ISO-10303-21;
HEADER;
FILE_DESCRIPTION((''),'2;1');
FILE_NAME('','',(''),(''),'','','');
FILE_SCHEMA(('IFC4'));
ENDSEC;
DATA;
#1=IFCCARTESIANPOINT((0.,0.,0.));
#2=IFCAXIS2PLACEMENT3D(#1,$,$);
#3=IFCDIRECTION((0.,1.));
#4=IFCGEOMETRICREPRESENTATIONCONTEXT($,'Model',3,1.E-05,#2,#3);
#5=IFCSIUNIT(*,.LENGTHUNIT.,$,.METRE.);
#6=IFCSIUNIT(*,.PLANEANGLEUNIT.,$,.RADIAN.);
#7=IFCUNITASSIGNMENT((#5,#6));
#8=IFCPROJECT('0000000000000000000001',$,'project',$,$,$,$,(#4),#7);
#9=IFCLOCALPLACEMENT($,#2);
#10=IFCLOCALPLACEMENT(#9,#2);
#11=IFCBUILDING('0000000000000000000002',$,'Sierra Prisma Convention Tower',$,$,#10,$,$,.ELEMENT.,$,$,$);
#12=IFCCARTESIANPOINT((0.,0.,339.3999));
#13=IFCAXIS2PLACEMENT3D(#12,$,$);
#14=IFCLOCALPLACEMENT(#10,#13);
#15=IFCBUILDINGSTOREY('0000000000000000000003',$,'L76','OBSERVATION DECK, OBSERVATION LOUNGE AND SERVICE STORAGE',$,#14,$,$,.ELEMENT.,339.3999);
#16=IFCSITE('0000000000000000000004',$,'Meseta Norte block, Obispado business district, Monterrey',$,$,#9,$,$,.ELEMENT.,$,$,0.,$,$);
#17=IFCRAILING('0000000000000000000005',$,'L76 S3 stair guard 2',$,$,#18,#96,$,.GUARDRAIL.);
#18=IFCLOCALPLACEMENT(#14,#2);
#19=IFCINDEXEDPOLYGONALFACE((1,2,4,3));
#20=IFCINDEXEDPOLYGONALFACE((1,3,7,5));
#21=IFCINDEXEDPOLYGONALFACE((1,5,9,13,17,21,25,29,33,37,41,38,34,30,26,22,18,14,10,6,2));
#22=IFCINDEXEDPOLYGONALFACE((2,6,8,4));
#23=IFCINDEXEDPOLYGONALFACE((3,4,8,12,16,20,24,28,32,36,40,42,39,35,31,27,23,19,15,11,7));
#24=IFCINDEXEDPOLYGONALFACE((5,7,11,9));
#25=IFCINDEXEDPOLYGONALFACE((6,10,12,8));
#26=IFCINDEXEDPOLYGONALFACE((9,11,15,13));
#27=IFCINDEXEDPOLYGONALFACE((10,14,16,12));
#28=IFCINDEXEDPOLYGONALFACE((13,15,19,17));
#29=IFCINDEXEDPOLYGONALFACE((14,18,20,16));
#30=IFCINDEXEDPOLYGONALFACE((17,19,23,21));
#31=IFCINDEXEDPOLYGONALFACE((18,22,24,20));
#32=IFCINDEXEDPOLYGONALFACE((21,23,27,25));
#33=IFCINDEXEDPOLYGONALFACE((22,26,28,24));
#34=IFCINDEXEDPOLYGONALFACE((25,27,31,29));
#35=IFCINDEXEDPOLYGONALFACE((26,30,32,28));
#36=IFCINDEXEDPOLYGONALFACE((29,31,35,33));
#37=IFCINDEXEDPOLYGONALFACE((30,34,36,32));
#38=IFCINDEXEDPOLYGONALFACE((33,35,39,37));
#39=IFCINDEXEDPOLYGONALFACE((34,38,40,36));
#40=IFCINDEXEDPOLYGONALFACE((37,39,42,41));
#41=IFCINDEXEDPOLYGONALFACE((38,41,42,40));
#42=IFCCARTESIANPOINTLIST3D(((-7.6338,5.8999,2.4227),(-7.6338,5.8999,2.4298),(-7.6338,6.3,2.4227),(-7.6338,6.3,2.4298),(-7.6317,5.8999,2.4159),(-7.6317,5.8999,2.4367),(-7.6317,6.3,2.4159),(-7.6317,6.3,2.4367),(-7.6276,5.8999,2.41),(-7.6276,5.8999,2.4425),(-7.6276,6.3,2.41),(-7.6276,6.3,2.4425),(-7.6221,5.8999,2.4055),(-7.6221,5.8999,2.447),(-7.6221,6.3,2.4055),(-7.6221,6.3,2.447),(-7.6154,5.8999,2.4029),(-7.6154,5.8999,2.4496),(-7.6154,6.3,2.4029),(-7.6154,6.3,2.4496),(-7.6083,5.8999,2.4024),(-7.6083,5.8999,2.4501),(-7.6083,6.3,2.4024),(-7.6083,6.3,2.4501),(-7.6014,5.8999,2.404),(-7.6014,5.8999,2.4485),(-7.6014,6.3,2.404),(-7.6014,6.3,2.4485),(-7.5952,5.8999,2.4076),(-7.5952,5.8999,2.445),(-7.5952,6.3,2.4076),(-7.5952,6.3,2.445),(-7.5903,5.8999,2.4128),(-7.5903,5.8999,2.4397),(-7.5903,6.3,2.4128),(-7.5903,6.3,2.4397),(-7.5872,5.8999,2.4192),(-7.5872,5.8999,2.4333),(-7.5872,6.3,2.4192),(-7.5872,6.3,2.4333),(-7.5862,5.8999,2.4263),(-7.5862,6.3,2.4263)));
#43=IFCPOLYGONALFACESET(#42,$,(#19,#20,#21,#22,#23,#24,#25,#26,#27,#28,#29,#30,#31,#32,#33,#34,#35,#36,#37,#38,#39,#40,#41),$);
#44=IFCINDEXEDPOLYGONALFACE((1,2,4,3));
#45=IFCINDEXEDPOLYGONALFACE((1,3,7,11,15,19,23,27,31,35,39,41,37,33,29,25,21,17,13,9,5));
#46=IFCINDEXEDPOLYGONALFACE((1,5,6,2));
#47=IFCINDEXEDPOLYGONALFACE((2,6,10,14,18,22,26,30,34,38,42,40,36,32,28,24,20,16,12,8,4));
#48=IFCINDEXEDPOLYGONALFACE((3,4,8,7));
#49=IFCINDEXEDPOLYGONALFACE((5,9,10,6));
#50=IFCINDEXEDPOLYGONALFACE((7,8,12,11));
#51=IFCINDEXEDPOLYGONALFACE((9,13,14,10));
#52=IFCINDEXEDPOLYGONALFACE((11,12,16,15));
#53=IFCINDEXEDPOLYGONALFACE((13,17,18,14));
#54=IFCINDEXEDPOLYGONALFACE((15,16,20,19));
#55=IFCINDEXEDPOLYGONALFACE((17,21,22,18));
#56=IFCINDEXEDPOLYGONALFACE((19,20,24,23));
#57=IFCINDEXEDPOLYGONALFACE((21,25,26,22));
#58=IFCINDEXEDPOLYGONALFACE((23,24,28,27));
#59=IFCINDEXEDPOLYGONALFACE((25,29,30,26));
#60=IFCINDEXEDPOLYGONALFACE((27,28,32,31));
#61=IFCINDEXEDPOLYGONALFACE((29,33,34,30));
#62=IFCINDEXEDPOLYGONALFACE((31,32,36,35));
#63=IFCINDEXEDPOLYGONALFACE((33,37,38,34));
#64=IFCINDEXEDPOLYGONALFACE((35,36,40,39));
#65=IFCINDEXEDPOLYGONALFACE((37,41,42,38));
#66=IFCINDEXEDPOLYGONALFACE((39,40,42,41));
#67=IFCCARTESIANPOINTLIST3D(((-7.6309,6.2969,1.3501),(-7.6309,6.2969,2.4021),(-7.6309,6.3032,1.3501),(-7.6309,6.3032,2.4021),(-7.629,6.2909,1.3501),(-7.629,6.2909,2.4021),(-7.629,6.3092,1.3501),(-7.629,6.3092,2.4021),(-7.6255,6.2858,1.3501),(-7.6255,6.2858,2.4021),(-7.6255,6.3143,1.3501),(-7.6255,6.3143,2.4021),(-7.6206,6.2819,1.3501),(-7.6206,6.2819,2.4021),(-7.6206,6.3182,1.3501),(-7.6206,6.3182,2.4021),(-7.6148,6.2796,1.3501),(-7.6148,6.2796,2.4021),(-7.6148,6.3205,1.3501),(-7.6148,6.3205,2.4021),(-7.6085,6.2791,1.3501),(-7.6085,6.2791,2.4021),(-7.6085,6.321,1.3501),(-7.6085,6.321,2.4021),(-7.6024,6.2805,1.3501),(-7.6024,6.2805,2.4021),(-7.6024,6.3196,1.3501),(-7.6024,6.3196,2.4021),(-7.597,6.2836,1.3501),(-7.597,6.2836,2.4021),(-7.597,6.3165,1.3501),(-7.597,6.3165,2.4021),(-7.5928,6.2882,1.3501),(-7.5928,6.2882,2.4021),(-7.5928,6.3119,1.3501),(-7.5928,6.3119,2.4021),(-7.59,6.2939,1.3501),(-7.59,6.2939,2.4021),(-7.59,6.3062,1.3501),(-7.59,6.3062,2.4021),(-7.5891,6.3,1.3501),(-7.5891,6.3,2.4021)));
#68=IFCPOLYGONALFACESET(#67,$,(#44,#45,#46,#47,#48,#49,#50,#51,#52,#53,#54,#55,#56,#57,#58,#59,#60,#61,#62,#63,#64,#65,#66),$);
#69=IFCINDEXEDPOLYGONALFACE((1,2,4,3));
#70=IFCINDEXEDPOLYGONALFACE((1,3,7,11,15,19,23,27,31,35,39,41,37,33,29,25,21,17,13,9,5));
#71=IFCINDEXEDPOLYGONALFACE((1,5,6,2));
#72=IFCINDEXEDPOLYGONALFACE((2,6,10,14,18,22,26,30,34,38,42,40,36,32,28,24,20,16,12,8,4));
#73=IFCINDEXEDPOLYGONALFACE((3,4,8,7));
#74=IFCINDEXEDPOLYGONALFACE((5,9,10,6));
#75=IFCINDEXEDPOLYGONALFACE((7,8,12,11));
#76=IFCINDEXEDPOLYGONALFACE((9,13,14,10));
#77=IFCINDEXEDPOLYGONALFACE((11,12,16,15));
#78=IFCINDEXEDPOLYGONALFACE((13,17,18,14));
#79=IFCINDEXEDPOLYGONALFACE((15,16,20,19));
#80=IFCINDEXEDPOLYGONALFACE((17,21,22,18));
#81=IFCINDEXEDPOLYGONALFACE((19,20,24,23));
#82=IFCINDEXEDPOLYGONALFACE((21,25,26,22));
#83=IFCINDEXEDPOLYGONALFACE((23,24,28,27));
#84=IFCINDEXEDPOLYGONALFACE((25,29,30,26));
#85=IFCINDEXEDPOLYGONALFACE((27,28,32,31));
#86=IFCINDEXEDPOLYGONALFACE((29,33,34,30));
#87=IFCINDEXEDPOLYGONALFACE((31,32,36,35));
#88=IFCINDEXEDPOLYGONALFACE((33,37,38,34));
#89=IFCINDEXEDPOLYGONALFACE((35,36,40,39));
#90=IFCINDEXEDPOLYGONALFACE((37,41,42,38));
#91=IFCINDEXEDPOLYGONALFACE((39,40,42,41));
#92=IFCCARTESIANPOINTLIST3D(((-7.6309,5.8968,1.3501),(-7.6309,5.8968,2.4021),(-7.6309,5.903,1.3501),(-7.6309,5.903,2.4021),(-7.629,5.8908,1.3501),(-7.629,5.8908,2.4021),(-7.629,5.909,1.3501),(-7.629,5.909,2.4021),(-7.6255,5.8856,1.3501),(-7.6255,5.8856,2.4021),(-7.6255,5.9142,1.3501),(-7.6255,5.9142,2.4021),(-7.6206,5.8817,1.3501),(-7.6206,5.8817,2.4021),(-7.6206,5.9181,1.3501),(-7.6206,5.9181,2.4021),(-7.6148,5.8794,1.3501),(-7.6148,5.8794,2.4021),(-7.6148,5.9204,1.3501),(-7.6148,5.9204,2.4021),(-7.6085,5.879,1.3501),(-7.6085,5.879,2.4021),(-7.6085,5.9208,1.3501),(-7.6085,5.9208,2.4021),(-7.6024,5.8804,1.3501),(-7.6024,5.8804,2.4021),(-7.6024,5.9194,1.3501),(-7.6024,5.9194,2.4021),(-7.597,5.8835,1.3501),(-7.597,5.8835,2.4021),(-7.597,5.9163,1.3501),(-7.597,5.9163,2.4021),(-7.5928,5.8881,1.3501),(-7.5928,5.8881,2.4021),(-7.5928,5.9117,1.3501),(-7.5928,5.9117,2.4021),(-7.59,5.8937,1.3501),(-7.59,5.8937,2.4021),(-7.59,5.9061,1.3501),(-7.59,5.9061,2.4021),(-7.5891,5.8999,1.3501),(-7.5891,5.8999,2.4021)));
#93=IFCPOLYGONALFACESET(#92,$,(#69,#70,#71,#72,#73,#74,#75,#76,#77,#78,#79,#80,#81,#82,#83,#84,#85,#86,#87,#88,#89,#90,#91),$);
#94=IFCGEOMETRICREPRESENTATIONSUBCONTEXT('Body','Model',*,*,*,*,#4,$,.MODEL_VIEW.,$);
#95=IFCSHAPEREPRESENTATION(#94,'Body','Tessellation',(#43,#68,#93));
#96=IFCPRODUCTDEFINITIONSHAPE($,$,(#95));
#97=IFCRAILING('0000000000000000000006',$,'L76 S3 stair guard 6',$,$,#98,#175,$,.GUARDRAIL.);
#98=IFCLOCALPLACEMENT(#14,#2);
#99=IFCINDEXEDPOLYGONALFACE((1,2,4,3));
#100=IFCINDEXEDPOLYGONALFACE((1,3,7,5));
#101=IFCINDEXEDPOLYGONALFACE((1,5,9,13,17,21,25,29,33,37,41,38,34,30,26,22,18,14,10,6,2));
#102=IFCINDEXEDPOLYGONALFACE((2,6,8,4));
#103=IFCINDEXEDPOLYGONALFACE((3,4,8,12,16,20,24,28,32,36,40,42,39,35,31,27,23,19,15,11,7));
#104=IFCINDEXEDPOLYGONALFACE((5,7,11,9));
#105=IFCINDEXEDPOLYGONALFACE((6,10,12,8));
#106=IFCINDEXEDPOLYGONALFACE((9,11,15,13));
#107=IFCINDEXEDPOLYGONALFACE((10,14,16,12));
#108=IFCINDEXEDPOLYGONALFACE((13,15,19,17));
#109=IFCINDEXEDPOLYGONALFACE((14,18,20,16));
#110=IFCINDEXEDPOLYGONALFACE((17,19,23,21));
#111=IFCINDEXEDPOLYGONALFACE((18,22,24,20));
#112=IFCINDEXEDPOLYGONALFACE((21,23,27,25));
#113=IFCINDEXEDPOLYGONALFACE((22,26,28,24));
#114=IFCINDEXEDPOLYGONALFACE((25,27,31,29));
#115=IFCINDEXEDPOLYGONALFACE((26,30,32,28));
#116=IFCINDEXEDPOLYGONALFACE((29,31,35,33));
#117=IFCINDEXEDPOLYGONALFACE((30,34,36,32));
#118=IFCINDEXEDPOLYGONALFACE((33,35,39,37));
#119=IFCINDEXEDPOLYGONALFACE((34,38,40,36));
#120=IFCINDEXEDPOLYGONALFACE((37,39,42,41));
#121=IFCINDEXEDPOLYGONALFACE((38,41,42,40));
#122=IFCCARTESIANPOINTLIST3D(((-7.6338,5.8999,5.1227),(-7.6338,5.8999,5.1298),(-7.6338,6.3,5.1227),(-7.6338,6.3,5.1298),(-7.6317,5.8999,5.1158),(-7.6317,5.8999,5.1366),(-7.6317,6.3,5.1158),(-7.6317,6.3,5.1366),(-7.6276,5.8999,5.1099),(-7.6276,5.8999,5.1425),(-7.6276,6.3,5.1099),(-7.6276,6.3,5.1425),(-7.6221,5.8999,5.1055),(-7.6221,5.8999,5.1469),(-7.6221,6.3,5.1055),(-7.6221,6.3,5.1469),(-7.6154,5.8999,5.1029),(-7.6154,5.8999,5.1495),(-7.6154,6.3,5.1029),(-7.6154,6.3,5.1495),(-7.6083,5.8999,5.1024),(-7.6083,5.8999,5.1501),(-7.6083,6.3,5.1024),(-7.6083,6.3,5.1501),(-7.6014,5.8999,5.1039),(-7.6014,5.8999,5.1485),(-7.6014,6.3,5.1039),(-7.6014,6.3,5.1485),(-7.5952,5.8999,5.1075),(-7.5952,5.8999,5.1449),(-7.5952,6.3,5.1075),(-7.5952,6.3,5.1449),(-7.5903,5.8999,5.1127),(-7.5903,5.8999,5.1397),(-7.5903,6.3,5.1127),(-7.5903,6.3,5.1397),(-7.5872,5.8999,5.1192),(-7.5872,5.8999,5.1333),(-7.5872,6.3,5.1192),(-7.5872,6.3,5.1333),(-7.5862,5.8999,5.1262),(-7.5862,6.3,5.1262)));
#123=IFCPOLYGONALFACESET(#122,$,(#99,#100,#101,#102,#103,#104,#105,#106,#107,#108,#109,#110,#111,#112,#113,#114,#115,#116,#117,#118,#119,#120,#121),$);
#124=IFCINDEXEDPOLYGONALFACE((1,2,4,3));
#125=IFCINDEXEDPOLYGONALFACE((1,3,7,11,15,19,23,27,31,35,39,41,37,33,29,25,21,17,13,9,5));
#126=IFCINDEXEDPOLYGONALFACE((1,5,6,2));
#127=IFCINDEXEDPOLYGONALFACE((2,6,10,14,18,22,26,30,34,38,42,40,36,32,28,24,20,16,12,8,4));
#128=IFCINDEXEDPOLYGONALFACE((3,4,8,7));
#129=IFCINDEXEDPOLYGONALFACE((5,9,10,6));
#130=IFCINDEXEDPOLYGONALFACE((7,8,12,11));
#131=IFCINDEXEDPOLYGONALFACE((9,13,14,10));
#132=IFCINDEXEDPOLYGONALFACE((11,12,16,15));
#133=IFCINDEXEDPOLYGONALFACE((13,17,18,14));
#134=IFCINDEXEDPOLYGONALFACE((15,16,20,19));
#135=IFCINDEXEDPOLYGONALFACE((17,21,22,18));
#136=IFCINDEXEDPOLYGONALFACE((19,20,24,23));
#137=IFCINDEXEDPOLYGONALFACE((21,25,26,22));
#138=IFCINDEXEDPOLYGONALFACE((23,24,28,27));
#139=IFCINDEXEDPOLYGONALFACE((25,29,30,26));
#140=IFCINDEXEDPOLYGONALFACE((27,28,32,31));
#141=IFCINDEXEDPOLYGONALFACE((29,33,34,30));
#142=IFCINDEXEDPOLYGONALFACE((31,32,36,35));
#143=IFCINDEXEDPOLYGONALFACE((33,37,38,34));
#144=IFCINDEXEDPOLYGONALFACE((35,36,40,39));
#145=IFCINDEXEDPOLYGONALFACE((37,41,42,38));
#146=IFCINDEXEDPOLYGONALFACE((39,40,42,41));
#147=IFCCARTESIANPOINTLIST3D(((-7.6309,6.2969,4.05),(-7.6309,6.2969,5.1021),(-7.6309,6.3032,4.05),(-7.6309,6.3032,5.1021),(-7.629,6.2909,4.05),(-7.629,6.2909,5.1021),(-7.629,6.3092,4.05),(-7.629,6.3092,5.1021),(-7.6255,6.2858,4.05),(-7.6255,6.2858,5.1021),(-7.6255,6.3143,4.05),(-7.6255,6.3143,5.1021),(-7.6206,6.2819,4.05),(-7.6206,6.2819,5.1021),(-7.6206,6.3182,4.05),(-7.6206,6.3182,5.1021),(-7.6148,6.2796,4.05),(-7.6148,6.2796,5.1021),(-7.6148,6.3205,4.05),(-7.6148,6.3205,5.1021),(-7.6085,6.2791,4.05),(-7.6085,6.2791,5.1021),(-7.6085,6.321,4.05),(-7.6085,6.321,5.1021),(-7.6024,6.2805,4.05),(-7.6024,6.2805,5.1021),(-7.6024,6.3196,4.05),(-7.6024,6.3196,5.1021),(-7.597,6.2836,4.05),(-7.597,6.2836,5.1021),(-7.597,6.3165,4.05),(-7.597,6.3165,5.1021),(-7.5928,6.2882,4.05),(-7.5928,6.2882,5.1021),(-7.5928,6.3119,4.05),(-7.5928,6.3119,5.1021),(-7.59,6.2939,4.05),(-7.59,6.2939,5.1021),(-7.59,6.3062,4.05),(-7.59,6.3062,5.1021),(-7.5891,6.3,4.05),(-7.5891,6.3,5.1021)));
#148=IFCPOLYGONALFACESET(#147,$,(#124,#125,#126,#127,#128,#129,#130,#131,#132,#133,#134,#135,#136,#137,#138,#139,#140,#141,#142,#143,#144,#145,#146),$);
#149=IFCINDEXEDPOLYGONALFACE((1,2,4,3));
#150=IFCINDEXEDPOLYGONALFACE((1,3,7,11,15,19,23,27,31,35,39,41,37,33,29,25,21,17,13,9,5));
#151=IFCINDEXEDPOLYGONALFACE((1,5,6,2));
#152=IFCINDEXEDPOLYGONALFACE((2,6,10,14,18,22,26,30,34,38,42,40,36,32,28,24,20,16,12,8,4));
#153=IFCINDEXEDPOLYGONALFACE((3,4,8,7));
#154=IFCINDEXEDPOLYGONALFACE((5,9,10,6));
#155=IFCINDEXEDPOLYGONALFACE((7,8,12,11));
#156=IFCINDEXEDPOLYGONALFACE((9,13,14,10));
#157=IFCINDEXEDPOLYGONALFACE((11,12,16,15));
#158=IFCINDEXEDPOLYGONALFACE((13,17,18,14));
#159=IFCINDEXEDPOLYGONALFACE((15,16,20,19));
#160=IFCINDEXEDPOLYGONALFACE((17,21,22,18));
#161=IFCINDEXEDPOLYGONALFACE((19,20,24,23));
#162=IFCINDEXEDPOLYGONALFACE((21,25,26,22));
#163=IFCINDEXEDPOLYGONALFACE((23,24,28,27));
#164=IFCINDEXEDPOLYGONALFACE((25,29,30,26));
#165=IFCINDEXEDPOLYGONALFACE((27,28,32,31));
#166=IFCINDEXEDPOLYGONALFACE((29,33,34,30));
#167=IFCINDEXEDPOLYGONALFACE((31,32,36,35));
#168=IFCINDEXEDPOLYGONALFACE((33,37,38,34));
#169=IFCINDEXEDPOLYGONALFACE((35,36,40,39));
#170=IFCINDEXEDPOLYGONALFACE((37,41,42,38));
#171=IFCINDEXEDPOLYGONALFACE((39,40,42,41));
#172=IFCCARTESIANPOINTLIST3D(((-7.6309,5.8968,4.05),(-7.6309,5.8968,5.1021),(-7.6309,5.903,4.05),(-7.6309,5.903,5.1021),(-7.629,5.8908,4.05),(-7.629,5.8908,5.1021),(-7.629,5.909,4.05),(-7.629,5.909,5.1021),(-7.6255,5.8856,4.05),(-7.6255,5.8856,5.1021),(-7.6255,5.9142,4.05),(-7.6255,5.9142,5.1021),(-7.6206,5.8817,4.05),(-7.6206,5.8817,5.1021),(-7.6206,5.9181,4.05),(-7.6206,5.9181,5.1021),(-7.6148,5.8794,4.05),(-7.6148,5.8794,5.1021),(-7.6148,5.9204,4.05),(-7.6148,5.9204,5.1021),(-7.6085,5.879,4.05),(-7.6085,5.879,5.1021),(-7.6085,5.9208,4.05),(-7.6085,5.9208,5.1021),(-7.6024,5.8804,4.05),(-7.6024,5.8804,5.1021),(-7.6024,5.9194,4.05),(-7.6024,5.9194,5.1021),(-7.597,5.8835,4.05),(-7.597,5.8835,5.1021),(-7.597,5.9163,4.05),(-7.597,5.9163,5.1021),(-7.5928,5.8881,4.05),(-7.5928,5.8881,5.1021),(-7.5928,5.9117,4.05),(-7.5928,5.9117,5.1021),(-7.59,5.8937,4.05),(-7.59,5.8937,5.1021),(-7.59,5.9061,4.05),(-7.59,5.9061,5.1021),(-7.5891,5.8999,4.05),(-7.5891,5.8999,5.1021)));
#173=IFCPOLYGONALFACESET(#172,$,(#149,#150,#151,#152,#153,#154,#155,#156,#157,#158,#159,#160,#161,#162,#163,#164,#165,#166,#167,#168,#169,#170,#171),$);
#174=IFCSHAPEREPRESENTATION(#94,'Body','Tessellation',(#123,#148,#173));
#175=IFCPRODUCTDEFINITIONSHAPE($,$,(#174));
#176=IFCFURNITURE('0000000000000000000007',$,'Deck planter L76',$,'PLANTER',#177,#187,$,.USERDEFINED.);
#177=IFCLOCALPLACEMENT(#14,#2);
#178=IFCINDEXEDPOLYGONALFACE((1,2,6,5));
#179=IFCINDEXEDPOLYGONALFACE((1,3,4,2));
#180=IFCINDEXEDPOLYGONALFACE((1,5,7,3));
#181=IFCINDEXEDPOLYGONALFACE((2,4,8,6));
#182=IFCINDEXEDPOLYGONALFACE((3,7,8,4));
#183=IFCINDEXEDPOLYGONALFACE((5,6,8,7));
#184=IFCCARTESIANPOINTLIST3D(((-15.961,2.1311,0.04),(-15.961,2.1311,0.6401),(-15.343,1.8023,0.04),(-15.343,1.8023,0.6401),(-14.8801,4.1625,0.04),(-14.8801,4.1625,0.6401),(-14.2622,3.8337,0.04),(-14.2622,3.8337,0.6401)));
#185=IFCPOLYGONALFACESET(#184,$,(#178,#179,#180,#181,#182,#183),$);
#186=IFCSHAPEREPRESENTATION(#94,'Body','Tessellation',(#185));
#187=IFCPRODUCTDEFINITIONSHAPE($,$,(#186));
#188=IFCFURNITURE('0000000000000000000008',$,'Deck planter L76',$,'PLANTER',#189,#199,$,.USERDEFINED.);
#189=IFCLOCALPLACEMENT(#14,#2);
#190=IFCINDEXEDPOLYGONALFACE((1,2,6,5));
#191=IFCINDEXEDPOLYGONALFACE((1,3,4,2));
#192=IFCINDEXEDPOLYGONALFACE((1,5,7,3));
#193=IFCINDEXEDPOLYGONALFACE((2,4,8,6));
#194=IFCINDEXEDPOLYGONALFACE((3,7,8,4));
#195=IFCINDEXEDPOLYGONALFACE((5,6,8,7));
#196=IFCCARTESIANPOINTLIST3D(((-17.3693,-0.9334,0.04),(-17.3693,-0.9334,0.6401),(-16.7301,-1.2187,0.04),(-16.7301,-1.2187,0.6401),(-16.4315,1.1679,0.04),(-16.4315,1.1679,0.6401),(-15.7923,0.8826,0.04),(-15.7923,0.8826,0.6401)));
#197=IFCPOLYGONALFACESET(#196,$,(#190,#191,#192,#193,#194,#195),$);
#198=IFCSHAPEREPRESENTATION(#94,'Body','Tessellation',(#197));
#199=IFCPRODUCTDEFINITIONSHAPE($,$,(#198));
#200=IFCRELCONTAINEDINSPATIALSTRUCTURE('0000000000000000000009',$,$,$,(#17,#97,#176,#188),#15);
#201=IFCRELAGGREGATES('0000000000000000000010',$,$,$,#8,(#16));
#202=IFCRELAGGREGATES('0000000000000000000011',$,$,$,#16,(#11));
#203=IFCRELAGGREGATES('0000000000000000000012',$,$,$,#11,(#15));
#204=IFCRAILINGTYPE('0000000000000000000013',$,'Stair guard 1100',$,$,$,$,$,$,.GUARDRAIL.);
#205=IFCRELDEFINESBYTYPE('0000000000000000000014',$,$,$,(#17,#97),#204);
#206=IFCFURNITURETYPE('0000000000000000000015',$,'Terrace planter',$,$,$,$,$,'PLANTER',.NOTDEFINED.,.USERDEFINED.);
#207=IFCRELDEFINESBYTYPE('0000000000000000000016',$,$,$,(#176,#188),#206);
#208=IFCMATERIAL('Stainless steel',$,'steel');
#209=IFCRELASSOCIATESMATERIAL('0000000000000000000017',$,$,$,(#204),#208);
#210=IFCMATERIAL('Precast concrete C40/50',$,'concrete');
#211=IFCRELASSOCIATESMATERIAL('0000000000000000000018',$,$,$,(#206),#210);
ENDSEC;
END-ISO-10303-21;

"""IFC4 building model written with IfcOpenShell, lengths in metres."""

from ifc_helpers import new_model, si_unit, direction, frame, origin, origin_2d, place, context, subcontext, project, spatial, rectangle, circle, extrude, material, type_object, element, save


model = new_model("IFC4")

# Units and contexts
model_context = context("Model", 3, precision=1e-05, world=origin(), true_north=direction((0.0, 1.0)))
body_context = subcontext(model_context, "Body", "Model", "MODEL_VIEW")
ifc_project = project(units=[si_unit("LENGTHUNIT", "METRE"), si_unit("PLANEANGLEUNIT", "RADIAN")], contexts=[model_context])

# Site, building, storey
site_placement = place(None, origin())
site = spatial("IfcSite", under=ifc_project, at=site_placement, Name="Meseta Norte block, Obispado business district, Monterrey", CompositionType="ELEMENT", RefElevation=0.0)
building_placement = place(site_placement, origin())
building = spatial("IfcBuilding", under=site, at=building_placement, Name="Sierra Prisma Convention Tower", CompositionType="ELEMENT")
storey_placement = place(building_placement, frame((0.0, 0.0, 339.3999)))
storey = spatial("IfcBuildingStorey", under=building, at=storey_placement, Name="L76", Description="OBSERVATION DECK, OBSERVATION LOUNGE AND SERVICE STORAGE", CompositionType="ELEMENT", Elevation=339.3999)

# Railings
ifc_material_1 = material(Name="Stainless steel", Category="steel")
railing_type_1 = type_object("IfcRailingType", Name="Stair guard 1100", PredefinedType="GUARDRAIL", material=ifc_material_1)
for number, where, name in (
    (1, (-7.6101, 6.3, 1.3501), "L76 S3 stair guard 2"),
    (2, (-7.6101, 6.3, 4.05), "L76 S3 stair guard 6"),
):
    element("IfcRailing", number, at=place(storey_placement, frame(where)), inside=storey, type_object=railing_type_1, Name=name, PredefinedType="GUARDRAIL", context=body_context, shape_type="SweptSolid", body=[
        extrude(circle(Radius=0.0239, at=origin_2d()), frame((0.0, 0.0, 1.0762), z_axis=(0.0, -1.0, 0.0), x_axis=(1.0, 0.0, 0.0)), (0.0, 0.0, 1.0), 0.4001),
        extrude(circle(Radius=0.021, at=origin_2d()), origin(), (0.0, 0.0, 1.0), 1.052),
        extrude(circle(Radius=0.021, at=origin_2d()), frame((0.0, -0.4001, 0.0)), (0.0, 0.0, 1.0), 1.052),
    ])

# Furniture
ifc_material_2 = material(Name="Precast concrete C40/50", Category="concrete")
furniture_type = type_object("IfcFurnitureType", Name="Terrace planter", ElementType="PLANTER", AssemblyPlace="NOTDEFINED", PredefinedType="USERDEFINED", material=ifc_material_2)
for number, where, z_axis, x_axis, name in (
    (3, (-15.1116, 2.9824, 0.04), (0.0, 0.0, 1.0), (-0.469729, -0.882811, 0.0), "Deck planter L76"),
    (4, (-16.5808, -0.0254, 0.04), (0.0, 0.0, 1.0), (-0.407534, -0.91319, 0.0), "Deck planter L76"),
):
    element("IfcFurniture", number, at=place(storey_placement, frame(where, z_axis=z_axis, x_axis=x_axis)), inside=storey, type_object=furniture_type, Name=name, ObjectType="PLANTER", PredefinedType="USERDEFINED", context=body_context, shape_type="SweptSolid", body=[
        extrude(rectangle(XDim=2.301, YDim=0.7, at=origin_2d()), origin(), (0.0, 0.0, 1.0), 0.6001),
    ])

save(model, "model.ifc")
